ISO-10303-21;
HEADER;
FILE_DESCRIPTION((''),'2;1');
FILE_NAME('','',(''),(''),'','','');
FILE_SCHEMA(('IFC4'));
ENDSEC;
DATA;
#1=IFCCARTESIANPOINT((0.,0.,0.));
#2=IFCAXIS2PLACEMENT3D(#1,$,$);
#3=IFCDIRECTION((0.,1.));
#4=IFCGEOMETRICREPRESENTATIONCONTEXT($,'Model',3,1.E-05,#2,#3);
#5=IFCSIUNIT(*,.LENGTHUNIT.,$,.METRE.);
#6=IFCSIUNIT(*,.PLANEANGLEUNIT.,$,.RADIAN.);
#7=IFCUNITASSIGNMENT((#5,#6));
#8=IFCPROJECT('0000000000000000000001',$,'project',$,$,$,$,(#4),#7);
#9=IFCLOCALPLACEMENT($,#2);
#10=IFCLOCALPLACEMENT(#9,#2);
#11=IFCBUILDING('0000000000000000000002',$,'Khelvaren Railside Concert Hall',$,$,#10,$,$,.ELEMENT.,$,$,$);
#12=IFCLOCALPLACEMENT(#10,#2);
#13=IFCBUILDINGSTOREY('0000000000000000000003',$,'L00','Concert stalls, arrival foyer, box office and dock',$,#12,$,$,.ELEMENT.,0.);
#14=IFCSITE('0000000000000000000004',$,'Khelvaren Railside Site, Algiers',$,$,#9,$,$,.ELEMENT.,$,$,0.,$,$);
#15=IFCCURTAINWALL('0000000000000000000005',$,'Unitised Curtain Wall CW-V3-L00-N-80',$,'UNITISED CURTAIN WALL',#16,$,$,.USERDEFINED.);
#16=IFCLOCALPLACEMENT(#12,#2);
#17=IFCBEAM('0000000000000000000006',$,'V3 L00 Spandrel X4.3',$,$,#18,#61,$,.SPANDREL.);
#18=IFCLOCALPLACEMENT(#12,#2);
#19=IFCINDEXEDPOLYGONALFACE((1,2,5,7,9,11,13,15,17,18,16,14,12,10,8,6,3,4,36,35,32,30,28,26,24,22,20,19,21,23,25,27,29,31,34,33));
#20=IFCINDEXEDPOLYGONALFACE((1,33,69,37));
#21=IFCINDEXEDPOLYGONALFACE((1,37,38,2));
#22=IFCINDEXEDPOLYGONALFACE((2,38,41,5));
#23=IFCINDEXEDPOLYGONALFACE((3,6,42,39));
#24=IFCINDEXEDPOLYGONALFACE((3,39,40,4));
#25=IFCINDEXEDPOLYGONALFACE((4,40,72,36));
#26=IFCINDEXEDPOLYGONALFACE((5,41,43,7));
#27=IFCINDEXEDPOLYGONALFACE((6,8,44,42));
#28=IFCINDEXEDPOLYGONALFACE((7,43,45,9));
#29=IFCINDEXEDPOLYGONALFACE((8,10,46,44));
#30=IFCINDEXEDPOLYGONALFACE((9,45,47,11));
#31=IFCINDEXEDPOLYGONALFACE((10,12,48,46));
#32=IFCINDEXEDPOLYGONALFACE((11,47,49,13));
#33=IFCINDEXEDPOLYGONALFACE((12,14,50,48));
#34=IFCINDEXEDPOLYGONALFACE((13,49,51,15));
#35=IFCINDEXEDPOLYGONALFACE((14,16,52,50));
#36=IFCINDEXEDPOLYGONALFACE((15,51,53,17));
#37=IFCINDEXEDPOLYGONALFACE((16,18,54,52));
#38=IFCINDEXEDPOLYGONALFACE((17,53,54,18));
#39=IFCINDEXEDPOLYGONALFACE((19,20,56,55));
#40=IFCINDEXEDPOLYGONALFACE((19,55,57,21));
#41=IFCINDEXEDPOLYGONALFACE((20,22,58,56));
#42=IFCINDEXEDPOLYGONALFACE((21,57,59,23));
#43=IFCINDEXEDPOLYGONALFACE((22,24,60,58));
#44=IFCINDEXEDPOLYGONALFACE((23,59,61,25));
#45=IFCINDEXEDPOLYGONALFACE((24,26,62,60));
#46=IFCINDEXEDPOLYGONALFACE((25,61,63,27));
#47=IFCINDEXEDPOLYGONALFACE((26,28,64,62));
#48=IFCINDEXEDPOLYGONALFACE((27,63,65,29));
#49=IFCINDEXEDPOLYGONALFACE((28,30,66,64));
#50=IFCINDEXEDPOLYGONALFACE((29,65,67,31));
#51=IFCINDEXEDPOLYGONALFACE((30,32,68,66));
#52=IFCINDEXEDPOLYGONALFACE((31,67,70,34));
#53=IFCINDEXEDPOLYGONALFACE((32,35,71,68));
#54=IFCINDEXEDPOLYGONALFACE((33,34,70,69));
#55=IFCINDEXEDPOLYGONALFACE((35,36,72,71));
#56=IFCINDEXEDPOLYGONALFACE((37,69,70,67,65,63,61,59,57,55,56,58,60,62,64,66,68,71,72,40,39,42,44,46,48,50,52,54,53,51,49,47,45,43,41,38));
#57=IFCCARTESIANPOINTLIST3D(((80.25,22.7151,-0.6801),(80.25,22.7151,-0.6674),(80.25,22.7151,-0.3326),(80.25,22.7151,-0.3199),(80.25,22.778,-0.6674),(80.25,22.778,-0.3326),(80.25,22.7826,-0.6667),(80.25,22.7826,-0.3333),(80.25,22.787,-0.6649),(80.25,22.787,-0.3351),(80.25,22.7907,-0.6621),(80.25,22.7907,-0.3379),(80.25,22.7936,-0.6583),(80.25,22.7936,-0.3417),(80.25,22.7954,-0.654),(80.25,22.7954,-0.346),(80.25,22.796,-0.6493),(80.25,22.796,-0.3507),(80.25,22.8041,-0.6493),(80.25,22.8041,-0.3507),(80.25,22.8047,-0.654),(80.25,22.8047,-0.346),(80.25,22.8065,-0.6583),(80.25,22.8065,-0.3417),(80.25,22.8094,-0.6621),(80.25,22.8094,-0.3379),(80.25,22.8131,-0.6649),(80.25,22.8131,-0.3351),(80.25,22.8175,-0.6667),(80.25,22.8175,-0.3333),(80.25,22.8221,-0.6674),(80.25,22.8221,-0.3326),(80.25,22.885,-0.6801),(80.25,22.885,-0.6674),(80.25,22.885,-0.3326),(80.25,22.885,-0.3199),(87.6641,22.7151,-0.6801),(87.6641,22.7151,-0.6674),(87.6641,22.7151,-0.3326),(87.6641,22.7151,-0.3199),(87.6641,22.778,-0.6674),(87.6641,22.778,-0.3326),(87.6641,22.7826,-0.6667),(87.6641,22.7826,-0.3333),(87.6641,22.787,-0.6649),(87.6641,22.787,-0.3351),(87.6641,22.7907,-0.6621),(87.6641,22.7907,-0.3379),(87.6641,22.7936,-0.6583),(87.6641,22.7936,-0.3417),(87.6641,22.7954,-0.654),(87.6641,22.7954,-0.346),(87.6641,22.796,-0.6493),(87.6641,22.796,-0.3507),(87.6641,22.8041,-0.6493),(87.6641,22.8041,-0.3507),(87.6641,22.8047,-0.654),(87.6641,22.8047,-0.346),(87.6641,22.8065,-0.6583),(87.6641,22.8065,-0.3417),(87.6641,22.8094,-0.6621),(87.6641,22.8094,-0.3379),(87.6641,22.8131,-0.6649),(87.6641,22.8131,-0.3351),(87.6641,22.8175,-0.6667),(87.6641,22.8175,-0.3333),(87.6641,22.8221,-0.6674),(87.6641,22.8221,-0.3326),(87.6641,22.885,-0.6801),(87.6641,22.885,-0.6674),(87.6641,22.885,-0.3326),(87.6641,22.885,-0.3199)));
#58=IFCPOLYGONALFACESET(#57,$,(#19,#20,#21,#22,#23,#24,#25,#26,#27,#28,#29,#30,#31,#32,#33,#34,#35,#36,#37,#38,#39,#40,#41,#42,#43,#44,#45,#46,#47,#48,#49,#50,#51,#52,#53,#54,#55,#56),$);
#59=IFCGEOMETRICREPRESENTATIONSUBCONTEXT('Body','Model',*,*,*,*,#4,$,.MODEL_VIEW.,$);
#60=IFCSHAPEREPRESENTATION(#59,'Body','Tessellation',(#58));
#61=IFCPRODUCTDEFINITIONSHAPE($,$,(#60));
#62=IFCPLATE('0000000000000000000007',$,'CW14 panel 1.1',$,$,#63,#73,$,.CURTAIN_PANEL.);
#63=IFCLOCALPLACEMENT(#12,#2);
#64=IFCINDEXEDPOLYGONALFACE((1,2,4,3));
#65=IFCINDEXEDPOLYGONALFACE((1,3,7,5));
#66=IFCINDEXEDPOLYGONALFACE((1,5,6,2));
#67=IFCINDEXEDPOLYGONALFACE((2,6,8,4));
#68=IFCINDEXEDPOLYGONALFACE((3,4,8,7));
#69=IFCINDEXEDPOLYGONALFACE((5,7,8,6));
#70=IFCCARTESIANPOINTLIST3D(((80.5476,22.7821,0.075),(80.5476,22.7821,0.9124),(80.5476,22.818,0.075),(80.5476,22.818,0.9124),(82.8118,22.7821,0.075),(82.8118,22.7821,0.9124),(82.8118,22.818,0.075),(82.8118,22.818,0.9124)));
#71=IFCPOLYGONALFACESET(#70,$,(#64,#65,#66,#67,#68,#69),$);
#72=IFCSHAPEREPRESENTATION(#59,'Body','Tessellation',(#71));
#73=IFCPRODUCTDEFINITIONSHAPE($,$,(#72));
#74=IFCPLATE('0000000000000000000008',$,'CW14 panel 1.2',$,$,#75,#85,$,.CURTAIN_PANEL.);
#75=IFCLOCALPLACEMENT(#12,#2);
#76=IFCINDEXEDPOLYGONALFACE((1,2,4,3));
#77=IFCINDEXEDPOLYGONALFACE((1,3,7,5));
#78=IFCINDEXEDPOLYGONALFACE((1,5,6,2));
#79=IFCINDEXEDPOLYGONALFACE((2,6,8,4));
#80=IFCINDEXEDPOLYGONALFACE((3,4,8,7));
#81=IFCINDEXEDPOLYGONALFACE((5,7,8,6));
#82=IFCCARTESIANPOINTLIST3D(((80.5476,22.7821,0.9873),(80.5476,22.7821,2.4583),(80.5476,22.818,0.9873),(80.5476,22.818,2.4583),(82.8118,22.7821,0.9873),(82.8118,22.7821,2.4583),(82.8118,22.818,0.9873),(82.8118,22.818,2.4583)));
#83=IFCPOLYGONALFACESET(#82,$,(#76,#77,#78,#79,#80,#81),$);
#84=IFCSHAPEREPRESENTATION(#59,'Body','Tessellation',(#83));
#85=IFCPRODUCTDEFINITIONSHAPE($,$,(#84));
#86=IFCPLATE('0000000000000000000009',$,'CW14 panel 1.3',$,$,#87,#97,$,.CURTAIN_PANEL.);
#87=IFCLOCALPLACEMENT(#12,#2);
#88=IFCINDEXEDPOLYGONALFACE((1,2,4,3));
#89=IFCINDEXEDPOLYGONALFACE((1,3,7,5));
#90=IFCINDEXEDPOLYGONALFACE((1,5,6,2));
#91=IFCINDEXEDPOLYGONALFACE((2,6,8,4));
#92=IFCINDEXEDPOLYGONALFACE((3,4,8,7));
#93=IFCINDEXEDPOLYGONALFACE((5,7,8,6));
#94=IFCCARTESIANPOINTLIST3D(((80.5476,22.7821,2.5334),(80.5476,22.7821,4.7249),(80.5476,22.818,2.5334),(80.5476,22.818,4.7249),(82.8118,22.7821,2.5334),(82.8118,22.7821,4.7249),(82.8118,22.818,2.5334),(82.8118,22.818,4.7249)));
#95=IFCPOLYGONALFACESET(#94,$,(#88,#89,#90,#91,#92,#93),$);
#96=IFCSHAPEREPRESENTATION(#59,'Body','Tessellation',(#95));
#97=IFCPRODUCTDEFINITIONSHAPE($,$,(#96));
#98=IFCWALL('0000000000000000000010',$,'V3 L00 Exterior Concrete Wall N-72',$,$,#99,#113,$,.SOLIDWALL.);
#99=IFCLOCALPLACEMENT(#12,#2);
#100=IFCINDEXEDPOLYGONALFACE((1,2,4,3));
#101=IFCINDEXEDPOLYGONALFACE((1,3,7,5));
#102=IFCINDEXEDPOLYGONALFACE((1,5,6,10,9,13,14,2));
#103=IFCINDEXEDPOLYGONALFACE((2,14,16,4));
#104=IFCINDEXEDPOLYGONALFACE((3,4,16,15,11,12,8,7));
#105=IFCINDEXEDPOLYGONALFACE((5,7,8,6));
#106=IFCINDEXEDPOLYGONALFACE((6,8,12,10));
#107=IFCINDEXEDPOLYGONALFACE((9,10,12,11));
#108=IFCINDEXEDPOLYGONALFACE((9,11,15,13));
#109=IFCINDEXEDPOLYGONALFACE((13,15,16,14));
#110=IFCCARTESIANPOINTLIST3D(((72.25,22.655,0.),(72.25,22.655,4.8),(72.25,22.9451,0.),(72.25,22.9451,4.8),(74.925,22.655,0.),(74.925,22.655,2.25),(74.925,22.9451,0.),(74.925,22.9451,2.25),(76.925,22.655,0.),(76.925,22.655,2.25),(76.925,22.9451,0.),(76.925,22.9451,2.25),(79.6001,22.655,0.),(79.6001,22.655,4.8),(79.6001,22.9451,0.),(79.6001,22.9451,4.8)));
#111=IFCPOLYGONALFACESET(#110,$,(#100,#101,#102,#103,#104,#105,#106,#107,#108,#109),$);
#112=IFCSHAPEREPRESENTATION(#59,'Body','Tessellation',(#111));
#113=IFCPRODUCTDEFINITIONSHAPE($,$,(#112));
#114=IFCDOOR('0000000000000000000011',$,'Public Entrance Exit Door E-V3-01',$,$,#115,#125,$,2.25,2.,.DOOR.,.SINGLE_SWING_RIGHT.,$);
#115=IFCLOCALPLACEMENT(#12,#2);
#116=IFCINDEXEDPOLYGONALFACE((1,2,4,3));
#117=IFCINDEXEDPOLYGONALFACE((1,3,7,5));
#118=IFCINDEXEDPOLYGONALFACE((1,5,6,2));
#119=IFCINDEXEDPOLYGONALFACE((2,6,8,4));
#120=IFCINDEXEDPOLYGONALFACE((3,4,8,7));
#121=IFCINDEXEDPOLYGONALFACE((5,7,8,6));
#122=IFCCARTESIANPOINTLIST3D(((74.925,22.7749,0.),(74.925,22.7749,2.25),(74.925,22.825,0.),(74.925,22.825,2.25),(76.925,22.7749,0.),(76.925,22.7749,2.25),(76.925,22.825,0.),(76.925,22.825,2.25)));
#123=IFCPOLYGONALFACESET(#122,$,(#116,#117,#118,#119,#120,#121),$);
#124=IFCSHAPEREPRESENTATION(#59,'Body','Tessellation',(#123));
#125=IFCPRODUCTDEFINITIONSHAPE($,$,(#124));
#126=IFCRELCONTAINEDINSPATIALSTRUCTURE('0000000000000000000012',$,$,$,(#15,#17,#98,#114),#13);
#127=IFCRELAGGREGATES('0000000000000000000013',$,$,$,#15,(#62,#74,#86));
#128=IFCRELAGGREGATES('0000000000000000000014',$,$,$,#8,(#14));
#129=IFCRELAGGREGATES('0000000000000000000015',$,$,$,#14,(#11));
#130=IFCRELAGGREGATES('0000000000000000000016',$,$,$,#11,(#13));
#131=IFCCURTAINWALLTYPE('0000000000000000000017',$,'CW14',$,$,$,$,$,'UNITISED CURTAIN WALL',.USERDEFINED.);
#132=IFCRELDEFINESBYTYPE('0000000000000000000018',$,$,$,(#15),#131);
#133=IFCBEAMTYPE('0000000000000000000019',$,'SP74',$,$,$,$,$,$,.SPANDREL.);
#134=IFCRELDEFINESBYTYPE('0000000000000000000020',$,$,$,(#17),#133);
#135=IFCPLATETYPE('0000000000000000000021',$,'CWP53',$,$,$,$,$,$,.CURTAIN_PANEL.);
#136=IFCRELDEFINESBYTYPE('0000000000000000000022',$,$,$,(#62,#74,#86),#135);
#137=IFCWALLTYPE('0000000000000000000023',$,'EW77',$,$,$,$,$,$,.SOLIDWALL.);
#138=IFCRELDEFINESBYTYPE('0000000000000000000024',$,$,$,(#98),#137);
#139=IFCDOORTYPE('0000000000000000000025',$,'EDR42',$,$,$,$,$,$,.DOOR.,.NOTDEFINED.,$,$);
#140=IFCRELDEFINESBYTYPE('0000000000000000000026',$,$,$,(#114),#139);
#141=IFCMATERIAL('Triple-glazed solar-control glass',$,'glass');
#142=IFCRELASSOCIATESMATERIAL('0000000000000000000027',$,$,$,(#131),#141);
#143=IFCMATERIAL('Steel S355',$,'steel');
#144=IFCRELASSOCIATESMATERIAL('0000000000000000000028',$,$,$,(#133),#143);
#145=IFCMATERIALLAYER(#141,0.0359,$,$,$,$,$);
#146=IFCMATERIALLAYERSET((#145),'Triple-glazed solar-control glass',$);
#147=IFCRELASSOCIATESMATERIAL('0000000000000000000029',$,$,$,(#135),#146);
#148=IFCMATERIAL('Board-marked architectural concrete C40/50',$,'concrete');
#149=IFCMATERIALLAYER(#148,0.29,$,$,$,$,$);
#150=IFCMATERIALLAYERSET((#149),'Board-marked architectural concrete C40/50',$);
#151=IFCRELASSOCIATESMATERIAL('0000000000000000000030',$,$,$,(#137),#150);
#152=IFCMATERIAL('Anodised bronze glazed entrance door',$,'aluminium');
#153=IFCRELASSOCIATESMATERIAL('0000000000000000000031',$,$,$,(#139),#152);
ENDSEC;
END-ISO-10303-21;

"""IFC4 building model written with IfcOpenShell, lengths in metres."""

from ifc_helpers import new_model, si_unit, direction, frame, frame_2d, origin, origin_2d, place, context, subcontext, project, spatial, rectangle, i_section, extrude, material, layer, layer_set, material_profile, profile_set, type_object, element, fill, aggregate, save


model = new_model("IFC4")

# Units and contexts
model_context = context("Model", 3, precision=1e-05, world=origin(), true_north=direction((0.0, 1.0)))
body_context = subcontext(model_context, "Body", "Model", "MODEL_VIEW")
ifc_project = project(units=[si_unit("LENGTHUNIT", "METRE"), si_unit("PLANEANGLEUNIT", "RADIAN")], contexts=[model_context])

# Site, building, storey
site_placement = place(None, origin())
site = spatial("IfcSite", under=ifc_project, at=site_placement, Name="Khelvaren Railside Site, Algiers", CompositionType="ELEMENT", RefElevation=0.0)
building_placement = place(site_placement, origin())
building = spatial("IfcBuilding", under=site, at=building_placement, Name="Khelvaren Railside Concert Hall", CompositionType="ELEMENT")
storey_placement = place(building_placement, origin())
storey = spatial("IfcBuildingStorey", under=building, at=storey_placement, Name="L00", Description="Concert stalls, arrival foyer, box office and dock", CompositionType="ELEMENT", Elevation=0.0)

# Curtain wall
ifc_material_1 = material(Name="Triple-glazed solar-control glass", Category="glass")
curtain_wall_type = type_object("IfcCurtainWallType", Name="CW14", ElementType="UNITISED CURTAIN WALL", PredefinedType="USERDEFINED", material=ifc_material_1)
curtain_wall_placement = place(storey_placement, origin())
curtain_wall = element("IfcCurtainWall", 1, at=curtain_wall_placement, inside=storey, type_object=curtain_wall_type, Name="Unitised Curtain Wall CW-V3-L00-N-80", ObjectType="UNITISED CURTAIN WALL", PredefinedType="USERDEFINED")

# Beam
ifc_material_2 = material(Name="Steel S355", Category="steel")
ifc_material_profile_1 = material_profile(ifc_material_2, i_section(OverallWidth=0.1699, OverallDepth=0.3601, WebThickness=0.0081, FlangeThickness=0.0127, FilletRadius=0.0181, at=origin_2d()), Name="IPE 360")
ifc_profile_set_1 = profile_set([ifc_material_profile_1], Name="Steel S355")
beam_type_1 = type_object("IfcBeamType", Name="SP74", PredefinedType="SPANDREL", material=ifc_profile_set_1)
beam_1_placement = place(storey_placement, frame((80.25, 22.8, -0.5), z_axis=(1.0, 0.0, 0.0), x_axis=(0.0, 1.0, 0.0)))
element("IfcBeam", 2, at=beam_1_placement, inside=storey, type_object=beam_type_1, Name="V3 L00 Spandrel X4.3", PredefinedType="SPANDREL", context=body_context, shape_type="SweptSolid", body=[
    extrude(i_section(OverallWidth=0.1699, OverallDepth=0.3601, WebThickness=0.0081, FlangeThickness=0.0127, FilletRadius=0.0181, at=origin_2d()), origin(), (0.0, 0.0, 1.0), 7.4141),
])

# Plates
ifc_layer_1 = layer(ifc_material_1, 0.0359)
ifc_layer_set_1 = layer_set([ifc_layer_1], Name="Triple-glazed solar-control glass")
plate_type = type_object("IfcPlateType", Name="CWP53", PredefinedType="CURTAIN_PANEL", material=ifc_layer_set_1)
plate_1_placement = place(storey_placement, frame((81.6797, 22.8, 0.075), z_axis=(0.0, 0.0, 1.0), x_axis=(1.0, 0.0, 0.0)))
plate_1 = element("IfcPlate", 3, at=plate_1_placement, type_object=plate_type, Name="CW14 panel 1.1", PredefinedType="CURTAIN_PANEL", context=body_context, shape_type="SweptSolid", body=[
    extrude(rectangle(XDim=2.2642, YDim=0.0359, at=origin_2d()), origin(), (0.0, 0.0, 1.0), 0.8374),
])
plate_2_placement = place(storey_placement, frame((81.6797, 22.8, 0.9873), z_axis=(0.0, 0.0, 1.0), x_axis=(1.0, 0.0, 0.0)))
plate_2 = element("IfcPlate", 4, at=plate_2_placement, type_object=plate_type, Name="CW14 panel 1.2", PredefinedType="CURTAIN_PANEL", context=body_context, shape_type="SweptSolid", body=[
    extrude(rectangle(XDim=2.2642, YDim=0.0359, at=origin_2d()), origin(), (0.0, 0.0, 1.0), 1.4709),
])
plate_3_placement = place(storey_placement, frame((81.6797, 22.8, 2.5334), z_axis=(0.0, 0.0, 1.0), x_axis=(1.0, 0.0, 0.0)))
plate_3 = element("IfcPlate", 5, at=plate_3_placement, type_object=plate_type, Name="CW14 panel 1.3", PredefinedType="CURTAIN_PANEL", context=body_context, shape_type="SweptSolid", body=[
    extrude(rectangle(XDim=2.2642, YDim=0.0359, at=origin_2d()), origin(), (0.0, 0.0, 1.0), 2.1914),
])
aggregate(curtain_wall, [plate_1, plate_2, plate_3])

# Wall, opening, door
ifc_material_3 = material(Name="Board-marked architectural concrete C40/50", Category="concrete")
ifc_layer_2 = layer(ifc_material_3, 0.29)
ifc_layer_set_2 = layer_set([ifc_layer_2], Name="Board-marked architectural concrete C40/50")
wall_type = type_object("IfcWallType", Name="EW77", PredefinedType="SOLIDWALL", material=ifc_layer_set_2)
wall_placement = place(storey_placement, frame((72.25, 22.8, 0.0), z_axis=(0.0, 0.0, 1.0), x_axis=(1.0, 0.0, 0.0)))
wall = element("IfcWall", 6, at=wall_placement, inside=storey, type_object=wall_type, Name="V3 L00 Exterior Concrete Wall N-72", PredefinedType="SOLIDWALL", context=body_context, shape_type="SweptSolid", body=[
    extrude(rectangle(XDim=7.3501, YDim=0.29, at=frame_2d((3.675, 0.0))), origin(), (0.0, 0.0, 1.0), 4.8),
])
opening_placement = place(wall_placement, frame((2.675, 0.0, 0.0)))
opening = element("IfcOpeningElement", 7, at=opening_placement, cuts=wall, PredefinedType="OPENING", context=body_context, shape_type="SweptSolid", body=[
    extrude(rectangle(XDim=2.0, YDim=2.25, at=frame_2d((1.0, 1.125))), frame((0.0, 0.155, 0.0), z_axis=(0.0, -1.0, 0.0), x_axis=(1.0, 0.0, 0.0)), (0.0, 0.0, 1.0), 0.3101),
])
ifc_material_4 = material(Name="Anodised bronze glazed entrance door", Category="aluminium")
door_type = type_object("IfcDoorType", Name="EDR42", OperationType="NOTDEFINED", PredefinedType="DOOR", material=ifc_material_4)
door_placement = place(opening_placement, origin())
door = element("IfcDoor", 8, at=door_placement, inside=storey, type_object=door_type, Name="Public Entrance Exit Door E-V3-01", OperationType="SINGLE_SWING_RIGHT", OverallHeight=2.25, OverallWidth=2.0, PredefinedType="DOOR", context=body_context, shape_type="SweptSolid", body=[
    extrude(rectangle(XDim=2.0, YDim=2.25, at=frame_2d((1.0, 1.125))), frame((0.0, 0.0249, 0.0), z_axis=(0.0, -1.0, 0.0), x_axis=(1.0, 0.0, 0.0)), (0.0, 0.0, 1.0), 0.05),
])
fill(opening, door)

save(model, "model.ifc")
